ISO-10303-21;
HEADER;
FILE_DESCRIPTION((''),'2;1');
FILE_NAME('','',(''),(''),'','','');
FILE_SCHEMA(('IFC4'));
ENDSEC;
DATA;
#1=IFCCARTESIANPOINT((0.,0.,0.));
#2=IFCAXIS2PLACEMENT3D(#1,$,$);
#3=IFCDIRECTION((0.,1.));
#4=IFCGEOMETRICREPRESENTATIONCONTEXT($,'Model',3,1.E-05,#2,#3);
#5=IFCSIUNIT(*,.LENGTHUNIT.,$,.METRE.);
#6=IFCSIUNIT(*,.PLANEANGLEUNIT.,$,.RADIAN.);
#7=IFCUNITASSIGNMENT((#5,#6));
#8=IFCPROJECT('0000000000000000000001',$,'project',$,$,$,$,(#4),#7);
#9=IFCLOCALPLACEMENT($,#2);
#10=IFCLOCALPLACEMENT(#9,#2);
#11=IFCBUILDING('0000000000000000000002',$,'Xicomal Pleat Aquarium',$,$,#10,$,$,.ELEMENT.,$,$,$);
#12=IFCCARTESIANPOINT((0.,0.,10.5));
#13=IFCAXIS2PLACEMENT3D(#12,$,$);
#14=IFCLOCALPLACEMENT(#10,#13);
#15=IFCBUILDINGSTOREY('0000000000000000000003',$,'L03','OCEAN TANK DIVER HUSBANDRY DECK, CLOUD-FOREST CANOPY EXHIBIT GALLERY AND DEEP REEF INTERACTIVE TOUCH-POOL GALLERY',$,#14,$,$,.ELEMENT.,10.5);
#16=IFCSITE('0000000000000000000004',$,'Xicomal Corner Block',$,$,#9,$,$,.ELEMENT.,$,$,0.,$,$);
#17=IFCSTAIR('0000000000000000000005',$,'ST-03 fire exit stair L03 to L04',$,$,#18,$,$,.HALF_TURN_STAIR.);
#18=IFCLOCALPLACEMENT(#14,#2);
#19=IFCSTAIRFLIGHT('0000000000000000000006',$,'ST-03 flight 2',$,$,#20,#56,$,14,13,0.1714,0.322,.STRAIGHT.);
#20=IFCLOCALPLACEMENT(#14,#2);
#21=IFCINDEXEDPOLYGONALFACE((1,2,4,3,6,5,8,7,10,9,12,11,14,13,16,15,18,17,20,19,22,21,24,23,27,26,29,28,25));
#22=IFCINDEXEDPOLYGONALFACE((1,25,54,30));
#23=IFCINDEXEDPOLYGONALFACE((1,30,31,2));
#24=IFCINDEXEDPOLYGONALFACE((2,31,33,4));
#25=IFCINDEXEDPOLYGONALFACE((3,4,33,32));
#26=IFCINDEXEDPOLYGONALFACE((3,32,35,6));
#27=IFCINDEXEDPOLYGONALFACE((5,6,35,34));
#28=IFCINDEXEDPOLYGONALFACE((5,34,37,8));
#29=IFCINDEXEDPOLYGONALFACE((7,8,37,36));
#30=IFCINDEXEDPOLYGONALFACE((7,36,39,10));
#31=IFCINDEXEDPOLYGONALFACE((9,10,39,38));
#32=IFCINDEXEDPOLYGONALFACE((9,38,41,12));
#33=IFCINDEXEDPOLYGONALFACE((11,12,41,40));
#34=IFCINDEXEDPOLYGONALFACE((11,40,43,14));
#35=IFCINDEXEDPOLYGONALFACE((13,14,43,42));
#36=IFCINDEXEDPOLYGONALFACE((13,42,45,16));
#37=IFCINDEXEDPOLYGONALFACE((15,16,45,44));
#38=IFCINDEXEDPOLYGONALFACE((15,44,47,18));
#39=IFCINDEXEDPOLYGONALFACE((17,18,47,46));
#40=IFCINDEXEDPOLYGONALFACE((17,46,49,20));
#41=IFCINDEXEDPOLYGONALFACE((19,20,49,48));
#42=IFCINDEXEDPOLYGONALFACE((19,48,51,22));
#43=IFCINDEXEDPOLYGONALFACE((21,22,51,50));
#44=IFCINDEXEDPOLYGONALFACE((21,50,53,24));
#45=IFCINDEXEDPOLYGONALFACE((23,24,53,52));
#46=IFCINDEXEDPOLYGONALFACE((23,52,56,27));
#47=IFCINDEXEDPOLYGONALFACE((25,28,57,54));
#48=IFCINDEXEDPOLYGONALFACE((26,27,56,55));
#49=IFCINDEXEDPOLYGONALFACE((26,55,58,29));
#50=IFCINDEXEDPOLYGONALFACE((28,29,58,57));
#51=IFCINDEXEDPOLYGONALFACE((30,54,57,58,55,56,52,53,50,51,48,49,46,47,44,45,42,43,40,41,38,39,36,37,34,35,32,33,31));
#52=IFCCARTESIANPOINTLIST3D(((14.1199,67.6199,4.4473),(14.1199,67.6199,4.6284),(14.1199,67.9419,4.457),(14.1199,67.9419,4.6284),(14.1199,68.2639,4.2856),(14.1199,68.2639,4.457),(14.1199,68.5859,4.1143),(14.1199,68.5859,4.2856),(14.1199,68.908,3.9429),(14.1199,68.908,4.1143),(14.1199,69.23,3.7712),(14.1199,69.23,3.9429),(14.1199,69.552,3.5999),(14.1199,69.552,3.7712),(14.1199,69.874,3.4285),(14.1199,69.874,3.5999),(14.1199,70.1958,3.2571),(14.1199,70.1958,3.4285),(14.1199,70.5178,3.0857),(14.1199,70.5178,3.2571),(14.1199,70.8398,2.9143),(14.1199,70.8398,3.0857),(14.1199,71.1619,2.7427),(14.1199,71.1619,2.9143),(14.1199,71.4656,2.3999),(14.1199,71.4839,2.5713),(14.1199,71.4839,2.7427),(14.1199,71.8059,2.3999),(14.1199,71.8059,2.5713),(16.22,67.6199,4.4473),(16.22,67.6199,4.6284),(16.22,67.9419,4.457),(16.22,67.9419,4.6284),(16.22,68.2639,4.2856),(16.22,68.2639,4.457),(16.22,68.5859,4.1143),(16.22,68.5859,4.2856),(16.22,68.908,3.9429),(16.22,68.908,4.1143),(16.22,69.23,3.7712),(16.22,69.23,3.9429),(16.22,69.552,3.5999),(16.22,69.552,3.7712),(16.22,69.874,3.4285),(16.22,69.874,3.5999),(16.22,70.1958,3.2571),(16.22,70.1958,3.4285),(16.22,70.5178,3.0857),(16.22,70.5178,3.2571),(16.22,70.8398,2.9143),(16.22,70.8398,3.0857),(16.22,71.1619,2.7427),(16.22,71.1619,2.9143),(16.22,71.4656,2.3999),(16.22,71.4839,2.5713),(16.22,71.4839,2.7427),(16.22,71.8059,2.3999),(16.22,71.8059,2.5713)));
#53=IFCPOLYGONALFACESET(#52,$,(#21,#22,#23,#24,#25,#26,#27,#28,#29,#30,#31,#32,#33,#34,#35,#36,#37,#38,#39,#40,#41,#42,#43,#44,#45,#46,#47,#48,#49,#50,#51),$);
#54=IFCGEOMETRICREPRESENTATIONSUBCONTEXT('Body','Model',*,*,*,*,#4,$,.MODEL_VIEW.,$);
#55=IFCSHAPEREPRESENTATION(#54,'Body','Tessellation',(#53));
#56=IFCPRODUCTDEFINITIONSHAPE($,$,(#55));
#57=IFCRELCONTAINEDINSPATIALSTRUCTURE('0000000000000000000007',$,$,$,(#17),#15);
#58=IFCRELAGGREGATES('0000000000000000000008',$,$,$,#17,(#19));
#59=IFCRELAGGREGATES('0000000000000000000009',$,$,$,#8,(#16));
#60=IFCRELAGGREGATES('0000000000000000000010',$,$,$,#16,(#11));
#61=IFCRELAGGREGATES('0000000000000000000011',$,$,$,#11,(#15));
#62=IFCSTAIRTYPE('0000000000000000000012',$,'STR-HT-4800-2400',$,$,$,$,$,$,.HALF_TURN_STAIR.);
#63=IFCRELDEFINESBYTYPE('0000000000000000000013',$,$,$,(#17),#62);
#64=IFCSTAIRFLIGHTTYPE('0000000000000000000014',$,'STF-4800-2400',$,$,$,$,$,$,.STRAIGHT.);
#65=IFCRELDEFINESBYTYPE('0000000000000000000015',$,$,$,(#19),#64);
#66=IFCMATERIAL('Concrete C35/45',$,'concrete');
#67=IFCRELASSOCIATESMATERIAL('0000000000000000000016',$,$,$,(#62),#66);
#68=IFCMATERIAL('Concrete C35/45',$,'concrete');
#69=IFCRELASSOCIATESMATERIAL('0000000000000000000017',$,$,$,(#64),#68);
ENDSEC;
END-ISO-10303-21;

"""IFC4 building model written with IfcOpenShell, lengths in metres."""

from ifc_helpers import new_model, si_unit, direction, frame, origin, place, context, subcontext, project, spatial, polyline, outline, extrude, material, type_object, element, aggregate, save


model = new_model("IFC4")

# Units and contexts
model_context = context("Model", 3, precision=1e-05, world=origin(), true_north=direction((0.0, 1.0)))
body_context = subcontext(model_context, "Body", "Model", "MODEL_VIEW")
ifc_project = project(units=[si_unit("LENGTHUNIT", "METRE"), si_unit("PLANEANGLEUNIT", "RADIAN")], contexts=[model_context])

# Site, building, storey
site_placement = place(None, origin())
site = spatial("IfcSite", under=ifc_project, at=site_placement, Name="Xicomal Corner Block", CompositionType="ELEMENT", RefElevation=0.0)
building_placement = place(site_placement, origin())
building = spatial("IfcBuilding", under=site, at=building_placement, Name="Xicomal Pleat Aquarium", CompositionType="ELEMENT")
storey_placement = place(building_placement, frame((0.0, 0.0, 10.5)))
storey = spatial("IfcBuildingStorey", under=building, at=storey_placement, Name="L03", Description="OCEAN TANK DIVER HUSBANDRY DECK, CLOUD-FOREST CANOPY EXHIBIT GALLERY AND DEEP REEF INTERACTIVE TOUCH-POOL GALLERY", CompositionType="ELEMENT", Elevation=10.5)

# Stair, stair flight
ifc_material_1 = material(Name="Concrete C35/45", Category="concrete")
stair_type = type_object("IfcStairType", Name="STR-HT-4800-2400", PredefinedType="HALF_TURN_STAIR", material=ifc_material_1)
stair_placement = place(storey_placement, origin())
stair = element("IfcStair", 1, at=stair_placement, inside=storey, type_object=stair_type, Name="ST-03 fire exit stair L03 to L04", PredefinedType="HALF_TURN_STAIR")
ifc_material_2 = material(Name="Concrete C35/45", Category="concrete")
stair_flight_type = type_object("IfcStairFlightType", Name="STF-4800-2400", PredefinedType="STRAIGHT", material=ifc_material_2)
stair_flight_placement = place(storey_placement, frame((15.1699, 71.8059, 2.3999), z_axis=(0.0, 0.0, 1.0), x_axis=(0.0, -1.0, 0.0)))
stair_flight = element("IfcStairFlight", 2, at=stair_flight_placement, type_object=stair_flight_type, Name="ST-03 flight 2", NumberOfRisers=14, NumberOfTreads=13, PredefinedType="STRAIGHT", RiserHeight=0.1714, TreadLength=0.322, context=body_context, shape_type="SweptSolid", body=[
    extrude(outline(polyline([(0.0, 0.0), (0.0, 0.1714), (0.322, 0.1714), (0.322, 0.3428), (0.644, 0.3428), (0.644, 0.5144), (0.9661, 0.5144), (0.9661, 0.6858), (1.2881, 0.6858), (1.2881, 0.8572), (1.6101, 0.8572), (1.6101, 1.0286), (1.9319, 1.0286), (1.9319, 1.2), (2.2539, 1.2), (2.2539, 1.3713), (2.5759, 1.3713), (2.5759, 1.543), (2.8979, 1.543), (2.8979, 1.7144), (3.22, 1.7144), (3.22, 1.8857), (3.542, 1.8857), (3.542, 2.0571), (3.864, 2.0571), (3.864, 2.2285), (4.186, 2.2285), (4.186, 2.3999), (4.186, 2.0474), (0.3403, 0.0), (0.0, 0.0)])), frame((0.0, 1.05, 0.0), z_axis=(0.0, -1.0, 0.0), x_axis=(1.0, 0.0, 0.0)), (0.0, 0.0, 1.0), 2.1001),
])
aggregate(stair, [stair_flight])

save(model, "model.ifc")
